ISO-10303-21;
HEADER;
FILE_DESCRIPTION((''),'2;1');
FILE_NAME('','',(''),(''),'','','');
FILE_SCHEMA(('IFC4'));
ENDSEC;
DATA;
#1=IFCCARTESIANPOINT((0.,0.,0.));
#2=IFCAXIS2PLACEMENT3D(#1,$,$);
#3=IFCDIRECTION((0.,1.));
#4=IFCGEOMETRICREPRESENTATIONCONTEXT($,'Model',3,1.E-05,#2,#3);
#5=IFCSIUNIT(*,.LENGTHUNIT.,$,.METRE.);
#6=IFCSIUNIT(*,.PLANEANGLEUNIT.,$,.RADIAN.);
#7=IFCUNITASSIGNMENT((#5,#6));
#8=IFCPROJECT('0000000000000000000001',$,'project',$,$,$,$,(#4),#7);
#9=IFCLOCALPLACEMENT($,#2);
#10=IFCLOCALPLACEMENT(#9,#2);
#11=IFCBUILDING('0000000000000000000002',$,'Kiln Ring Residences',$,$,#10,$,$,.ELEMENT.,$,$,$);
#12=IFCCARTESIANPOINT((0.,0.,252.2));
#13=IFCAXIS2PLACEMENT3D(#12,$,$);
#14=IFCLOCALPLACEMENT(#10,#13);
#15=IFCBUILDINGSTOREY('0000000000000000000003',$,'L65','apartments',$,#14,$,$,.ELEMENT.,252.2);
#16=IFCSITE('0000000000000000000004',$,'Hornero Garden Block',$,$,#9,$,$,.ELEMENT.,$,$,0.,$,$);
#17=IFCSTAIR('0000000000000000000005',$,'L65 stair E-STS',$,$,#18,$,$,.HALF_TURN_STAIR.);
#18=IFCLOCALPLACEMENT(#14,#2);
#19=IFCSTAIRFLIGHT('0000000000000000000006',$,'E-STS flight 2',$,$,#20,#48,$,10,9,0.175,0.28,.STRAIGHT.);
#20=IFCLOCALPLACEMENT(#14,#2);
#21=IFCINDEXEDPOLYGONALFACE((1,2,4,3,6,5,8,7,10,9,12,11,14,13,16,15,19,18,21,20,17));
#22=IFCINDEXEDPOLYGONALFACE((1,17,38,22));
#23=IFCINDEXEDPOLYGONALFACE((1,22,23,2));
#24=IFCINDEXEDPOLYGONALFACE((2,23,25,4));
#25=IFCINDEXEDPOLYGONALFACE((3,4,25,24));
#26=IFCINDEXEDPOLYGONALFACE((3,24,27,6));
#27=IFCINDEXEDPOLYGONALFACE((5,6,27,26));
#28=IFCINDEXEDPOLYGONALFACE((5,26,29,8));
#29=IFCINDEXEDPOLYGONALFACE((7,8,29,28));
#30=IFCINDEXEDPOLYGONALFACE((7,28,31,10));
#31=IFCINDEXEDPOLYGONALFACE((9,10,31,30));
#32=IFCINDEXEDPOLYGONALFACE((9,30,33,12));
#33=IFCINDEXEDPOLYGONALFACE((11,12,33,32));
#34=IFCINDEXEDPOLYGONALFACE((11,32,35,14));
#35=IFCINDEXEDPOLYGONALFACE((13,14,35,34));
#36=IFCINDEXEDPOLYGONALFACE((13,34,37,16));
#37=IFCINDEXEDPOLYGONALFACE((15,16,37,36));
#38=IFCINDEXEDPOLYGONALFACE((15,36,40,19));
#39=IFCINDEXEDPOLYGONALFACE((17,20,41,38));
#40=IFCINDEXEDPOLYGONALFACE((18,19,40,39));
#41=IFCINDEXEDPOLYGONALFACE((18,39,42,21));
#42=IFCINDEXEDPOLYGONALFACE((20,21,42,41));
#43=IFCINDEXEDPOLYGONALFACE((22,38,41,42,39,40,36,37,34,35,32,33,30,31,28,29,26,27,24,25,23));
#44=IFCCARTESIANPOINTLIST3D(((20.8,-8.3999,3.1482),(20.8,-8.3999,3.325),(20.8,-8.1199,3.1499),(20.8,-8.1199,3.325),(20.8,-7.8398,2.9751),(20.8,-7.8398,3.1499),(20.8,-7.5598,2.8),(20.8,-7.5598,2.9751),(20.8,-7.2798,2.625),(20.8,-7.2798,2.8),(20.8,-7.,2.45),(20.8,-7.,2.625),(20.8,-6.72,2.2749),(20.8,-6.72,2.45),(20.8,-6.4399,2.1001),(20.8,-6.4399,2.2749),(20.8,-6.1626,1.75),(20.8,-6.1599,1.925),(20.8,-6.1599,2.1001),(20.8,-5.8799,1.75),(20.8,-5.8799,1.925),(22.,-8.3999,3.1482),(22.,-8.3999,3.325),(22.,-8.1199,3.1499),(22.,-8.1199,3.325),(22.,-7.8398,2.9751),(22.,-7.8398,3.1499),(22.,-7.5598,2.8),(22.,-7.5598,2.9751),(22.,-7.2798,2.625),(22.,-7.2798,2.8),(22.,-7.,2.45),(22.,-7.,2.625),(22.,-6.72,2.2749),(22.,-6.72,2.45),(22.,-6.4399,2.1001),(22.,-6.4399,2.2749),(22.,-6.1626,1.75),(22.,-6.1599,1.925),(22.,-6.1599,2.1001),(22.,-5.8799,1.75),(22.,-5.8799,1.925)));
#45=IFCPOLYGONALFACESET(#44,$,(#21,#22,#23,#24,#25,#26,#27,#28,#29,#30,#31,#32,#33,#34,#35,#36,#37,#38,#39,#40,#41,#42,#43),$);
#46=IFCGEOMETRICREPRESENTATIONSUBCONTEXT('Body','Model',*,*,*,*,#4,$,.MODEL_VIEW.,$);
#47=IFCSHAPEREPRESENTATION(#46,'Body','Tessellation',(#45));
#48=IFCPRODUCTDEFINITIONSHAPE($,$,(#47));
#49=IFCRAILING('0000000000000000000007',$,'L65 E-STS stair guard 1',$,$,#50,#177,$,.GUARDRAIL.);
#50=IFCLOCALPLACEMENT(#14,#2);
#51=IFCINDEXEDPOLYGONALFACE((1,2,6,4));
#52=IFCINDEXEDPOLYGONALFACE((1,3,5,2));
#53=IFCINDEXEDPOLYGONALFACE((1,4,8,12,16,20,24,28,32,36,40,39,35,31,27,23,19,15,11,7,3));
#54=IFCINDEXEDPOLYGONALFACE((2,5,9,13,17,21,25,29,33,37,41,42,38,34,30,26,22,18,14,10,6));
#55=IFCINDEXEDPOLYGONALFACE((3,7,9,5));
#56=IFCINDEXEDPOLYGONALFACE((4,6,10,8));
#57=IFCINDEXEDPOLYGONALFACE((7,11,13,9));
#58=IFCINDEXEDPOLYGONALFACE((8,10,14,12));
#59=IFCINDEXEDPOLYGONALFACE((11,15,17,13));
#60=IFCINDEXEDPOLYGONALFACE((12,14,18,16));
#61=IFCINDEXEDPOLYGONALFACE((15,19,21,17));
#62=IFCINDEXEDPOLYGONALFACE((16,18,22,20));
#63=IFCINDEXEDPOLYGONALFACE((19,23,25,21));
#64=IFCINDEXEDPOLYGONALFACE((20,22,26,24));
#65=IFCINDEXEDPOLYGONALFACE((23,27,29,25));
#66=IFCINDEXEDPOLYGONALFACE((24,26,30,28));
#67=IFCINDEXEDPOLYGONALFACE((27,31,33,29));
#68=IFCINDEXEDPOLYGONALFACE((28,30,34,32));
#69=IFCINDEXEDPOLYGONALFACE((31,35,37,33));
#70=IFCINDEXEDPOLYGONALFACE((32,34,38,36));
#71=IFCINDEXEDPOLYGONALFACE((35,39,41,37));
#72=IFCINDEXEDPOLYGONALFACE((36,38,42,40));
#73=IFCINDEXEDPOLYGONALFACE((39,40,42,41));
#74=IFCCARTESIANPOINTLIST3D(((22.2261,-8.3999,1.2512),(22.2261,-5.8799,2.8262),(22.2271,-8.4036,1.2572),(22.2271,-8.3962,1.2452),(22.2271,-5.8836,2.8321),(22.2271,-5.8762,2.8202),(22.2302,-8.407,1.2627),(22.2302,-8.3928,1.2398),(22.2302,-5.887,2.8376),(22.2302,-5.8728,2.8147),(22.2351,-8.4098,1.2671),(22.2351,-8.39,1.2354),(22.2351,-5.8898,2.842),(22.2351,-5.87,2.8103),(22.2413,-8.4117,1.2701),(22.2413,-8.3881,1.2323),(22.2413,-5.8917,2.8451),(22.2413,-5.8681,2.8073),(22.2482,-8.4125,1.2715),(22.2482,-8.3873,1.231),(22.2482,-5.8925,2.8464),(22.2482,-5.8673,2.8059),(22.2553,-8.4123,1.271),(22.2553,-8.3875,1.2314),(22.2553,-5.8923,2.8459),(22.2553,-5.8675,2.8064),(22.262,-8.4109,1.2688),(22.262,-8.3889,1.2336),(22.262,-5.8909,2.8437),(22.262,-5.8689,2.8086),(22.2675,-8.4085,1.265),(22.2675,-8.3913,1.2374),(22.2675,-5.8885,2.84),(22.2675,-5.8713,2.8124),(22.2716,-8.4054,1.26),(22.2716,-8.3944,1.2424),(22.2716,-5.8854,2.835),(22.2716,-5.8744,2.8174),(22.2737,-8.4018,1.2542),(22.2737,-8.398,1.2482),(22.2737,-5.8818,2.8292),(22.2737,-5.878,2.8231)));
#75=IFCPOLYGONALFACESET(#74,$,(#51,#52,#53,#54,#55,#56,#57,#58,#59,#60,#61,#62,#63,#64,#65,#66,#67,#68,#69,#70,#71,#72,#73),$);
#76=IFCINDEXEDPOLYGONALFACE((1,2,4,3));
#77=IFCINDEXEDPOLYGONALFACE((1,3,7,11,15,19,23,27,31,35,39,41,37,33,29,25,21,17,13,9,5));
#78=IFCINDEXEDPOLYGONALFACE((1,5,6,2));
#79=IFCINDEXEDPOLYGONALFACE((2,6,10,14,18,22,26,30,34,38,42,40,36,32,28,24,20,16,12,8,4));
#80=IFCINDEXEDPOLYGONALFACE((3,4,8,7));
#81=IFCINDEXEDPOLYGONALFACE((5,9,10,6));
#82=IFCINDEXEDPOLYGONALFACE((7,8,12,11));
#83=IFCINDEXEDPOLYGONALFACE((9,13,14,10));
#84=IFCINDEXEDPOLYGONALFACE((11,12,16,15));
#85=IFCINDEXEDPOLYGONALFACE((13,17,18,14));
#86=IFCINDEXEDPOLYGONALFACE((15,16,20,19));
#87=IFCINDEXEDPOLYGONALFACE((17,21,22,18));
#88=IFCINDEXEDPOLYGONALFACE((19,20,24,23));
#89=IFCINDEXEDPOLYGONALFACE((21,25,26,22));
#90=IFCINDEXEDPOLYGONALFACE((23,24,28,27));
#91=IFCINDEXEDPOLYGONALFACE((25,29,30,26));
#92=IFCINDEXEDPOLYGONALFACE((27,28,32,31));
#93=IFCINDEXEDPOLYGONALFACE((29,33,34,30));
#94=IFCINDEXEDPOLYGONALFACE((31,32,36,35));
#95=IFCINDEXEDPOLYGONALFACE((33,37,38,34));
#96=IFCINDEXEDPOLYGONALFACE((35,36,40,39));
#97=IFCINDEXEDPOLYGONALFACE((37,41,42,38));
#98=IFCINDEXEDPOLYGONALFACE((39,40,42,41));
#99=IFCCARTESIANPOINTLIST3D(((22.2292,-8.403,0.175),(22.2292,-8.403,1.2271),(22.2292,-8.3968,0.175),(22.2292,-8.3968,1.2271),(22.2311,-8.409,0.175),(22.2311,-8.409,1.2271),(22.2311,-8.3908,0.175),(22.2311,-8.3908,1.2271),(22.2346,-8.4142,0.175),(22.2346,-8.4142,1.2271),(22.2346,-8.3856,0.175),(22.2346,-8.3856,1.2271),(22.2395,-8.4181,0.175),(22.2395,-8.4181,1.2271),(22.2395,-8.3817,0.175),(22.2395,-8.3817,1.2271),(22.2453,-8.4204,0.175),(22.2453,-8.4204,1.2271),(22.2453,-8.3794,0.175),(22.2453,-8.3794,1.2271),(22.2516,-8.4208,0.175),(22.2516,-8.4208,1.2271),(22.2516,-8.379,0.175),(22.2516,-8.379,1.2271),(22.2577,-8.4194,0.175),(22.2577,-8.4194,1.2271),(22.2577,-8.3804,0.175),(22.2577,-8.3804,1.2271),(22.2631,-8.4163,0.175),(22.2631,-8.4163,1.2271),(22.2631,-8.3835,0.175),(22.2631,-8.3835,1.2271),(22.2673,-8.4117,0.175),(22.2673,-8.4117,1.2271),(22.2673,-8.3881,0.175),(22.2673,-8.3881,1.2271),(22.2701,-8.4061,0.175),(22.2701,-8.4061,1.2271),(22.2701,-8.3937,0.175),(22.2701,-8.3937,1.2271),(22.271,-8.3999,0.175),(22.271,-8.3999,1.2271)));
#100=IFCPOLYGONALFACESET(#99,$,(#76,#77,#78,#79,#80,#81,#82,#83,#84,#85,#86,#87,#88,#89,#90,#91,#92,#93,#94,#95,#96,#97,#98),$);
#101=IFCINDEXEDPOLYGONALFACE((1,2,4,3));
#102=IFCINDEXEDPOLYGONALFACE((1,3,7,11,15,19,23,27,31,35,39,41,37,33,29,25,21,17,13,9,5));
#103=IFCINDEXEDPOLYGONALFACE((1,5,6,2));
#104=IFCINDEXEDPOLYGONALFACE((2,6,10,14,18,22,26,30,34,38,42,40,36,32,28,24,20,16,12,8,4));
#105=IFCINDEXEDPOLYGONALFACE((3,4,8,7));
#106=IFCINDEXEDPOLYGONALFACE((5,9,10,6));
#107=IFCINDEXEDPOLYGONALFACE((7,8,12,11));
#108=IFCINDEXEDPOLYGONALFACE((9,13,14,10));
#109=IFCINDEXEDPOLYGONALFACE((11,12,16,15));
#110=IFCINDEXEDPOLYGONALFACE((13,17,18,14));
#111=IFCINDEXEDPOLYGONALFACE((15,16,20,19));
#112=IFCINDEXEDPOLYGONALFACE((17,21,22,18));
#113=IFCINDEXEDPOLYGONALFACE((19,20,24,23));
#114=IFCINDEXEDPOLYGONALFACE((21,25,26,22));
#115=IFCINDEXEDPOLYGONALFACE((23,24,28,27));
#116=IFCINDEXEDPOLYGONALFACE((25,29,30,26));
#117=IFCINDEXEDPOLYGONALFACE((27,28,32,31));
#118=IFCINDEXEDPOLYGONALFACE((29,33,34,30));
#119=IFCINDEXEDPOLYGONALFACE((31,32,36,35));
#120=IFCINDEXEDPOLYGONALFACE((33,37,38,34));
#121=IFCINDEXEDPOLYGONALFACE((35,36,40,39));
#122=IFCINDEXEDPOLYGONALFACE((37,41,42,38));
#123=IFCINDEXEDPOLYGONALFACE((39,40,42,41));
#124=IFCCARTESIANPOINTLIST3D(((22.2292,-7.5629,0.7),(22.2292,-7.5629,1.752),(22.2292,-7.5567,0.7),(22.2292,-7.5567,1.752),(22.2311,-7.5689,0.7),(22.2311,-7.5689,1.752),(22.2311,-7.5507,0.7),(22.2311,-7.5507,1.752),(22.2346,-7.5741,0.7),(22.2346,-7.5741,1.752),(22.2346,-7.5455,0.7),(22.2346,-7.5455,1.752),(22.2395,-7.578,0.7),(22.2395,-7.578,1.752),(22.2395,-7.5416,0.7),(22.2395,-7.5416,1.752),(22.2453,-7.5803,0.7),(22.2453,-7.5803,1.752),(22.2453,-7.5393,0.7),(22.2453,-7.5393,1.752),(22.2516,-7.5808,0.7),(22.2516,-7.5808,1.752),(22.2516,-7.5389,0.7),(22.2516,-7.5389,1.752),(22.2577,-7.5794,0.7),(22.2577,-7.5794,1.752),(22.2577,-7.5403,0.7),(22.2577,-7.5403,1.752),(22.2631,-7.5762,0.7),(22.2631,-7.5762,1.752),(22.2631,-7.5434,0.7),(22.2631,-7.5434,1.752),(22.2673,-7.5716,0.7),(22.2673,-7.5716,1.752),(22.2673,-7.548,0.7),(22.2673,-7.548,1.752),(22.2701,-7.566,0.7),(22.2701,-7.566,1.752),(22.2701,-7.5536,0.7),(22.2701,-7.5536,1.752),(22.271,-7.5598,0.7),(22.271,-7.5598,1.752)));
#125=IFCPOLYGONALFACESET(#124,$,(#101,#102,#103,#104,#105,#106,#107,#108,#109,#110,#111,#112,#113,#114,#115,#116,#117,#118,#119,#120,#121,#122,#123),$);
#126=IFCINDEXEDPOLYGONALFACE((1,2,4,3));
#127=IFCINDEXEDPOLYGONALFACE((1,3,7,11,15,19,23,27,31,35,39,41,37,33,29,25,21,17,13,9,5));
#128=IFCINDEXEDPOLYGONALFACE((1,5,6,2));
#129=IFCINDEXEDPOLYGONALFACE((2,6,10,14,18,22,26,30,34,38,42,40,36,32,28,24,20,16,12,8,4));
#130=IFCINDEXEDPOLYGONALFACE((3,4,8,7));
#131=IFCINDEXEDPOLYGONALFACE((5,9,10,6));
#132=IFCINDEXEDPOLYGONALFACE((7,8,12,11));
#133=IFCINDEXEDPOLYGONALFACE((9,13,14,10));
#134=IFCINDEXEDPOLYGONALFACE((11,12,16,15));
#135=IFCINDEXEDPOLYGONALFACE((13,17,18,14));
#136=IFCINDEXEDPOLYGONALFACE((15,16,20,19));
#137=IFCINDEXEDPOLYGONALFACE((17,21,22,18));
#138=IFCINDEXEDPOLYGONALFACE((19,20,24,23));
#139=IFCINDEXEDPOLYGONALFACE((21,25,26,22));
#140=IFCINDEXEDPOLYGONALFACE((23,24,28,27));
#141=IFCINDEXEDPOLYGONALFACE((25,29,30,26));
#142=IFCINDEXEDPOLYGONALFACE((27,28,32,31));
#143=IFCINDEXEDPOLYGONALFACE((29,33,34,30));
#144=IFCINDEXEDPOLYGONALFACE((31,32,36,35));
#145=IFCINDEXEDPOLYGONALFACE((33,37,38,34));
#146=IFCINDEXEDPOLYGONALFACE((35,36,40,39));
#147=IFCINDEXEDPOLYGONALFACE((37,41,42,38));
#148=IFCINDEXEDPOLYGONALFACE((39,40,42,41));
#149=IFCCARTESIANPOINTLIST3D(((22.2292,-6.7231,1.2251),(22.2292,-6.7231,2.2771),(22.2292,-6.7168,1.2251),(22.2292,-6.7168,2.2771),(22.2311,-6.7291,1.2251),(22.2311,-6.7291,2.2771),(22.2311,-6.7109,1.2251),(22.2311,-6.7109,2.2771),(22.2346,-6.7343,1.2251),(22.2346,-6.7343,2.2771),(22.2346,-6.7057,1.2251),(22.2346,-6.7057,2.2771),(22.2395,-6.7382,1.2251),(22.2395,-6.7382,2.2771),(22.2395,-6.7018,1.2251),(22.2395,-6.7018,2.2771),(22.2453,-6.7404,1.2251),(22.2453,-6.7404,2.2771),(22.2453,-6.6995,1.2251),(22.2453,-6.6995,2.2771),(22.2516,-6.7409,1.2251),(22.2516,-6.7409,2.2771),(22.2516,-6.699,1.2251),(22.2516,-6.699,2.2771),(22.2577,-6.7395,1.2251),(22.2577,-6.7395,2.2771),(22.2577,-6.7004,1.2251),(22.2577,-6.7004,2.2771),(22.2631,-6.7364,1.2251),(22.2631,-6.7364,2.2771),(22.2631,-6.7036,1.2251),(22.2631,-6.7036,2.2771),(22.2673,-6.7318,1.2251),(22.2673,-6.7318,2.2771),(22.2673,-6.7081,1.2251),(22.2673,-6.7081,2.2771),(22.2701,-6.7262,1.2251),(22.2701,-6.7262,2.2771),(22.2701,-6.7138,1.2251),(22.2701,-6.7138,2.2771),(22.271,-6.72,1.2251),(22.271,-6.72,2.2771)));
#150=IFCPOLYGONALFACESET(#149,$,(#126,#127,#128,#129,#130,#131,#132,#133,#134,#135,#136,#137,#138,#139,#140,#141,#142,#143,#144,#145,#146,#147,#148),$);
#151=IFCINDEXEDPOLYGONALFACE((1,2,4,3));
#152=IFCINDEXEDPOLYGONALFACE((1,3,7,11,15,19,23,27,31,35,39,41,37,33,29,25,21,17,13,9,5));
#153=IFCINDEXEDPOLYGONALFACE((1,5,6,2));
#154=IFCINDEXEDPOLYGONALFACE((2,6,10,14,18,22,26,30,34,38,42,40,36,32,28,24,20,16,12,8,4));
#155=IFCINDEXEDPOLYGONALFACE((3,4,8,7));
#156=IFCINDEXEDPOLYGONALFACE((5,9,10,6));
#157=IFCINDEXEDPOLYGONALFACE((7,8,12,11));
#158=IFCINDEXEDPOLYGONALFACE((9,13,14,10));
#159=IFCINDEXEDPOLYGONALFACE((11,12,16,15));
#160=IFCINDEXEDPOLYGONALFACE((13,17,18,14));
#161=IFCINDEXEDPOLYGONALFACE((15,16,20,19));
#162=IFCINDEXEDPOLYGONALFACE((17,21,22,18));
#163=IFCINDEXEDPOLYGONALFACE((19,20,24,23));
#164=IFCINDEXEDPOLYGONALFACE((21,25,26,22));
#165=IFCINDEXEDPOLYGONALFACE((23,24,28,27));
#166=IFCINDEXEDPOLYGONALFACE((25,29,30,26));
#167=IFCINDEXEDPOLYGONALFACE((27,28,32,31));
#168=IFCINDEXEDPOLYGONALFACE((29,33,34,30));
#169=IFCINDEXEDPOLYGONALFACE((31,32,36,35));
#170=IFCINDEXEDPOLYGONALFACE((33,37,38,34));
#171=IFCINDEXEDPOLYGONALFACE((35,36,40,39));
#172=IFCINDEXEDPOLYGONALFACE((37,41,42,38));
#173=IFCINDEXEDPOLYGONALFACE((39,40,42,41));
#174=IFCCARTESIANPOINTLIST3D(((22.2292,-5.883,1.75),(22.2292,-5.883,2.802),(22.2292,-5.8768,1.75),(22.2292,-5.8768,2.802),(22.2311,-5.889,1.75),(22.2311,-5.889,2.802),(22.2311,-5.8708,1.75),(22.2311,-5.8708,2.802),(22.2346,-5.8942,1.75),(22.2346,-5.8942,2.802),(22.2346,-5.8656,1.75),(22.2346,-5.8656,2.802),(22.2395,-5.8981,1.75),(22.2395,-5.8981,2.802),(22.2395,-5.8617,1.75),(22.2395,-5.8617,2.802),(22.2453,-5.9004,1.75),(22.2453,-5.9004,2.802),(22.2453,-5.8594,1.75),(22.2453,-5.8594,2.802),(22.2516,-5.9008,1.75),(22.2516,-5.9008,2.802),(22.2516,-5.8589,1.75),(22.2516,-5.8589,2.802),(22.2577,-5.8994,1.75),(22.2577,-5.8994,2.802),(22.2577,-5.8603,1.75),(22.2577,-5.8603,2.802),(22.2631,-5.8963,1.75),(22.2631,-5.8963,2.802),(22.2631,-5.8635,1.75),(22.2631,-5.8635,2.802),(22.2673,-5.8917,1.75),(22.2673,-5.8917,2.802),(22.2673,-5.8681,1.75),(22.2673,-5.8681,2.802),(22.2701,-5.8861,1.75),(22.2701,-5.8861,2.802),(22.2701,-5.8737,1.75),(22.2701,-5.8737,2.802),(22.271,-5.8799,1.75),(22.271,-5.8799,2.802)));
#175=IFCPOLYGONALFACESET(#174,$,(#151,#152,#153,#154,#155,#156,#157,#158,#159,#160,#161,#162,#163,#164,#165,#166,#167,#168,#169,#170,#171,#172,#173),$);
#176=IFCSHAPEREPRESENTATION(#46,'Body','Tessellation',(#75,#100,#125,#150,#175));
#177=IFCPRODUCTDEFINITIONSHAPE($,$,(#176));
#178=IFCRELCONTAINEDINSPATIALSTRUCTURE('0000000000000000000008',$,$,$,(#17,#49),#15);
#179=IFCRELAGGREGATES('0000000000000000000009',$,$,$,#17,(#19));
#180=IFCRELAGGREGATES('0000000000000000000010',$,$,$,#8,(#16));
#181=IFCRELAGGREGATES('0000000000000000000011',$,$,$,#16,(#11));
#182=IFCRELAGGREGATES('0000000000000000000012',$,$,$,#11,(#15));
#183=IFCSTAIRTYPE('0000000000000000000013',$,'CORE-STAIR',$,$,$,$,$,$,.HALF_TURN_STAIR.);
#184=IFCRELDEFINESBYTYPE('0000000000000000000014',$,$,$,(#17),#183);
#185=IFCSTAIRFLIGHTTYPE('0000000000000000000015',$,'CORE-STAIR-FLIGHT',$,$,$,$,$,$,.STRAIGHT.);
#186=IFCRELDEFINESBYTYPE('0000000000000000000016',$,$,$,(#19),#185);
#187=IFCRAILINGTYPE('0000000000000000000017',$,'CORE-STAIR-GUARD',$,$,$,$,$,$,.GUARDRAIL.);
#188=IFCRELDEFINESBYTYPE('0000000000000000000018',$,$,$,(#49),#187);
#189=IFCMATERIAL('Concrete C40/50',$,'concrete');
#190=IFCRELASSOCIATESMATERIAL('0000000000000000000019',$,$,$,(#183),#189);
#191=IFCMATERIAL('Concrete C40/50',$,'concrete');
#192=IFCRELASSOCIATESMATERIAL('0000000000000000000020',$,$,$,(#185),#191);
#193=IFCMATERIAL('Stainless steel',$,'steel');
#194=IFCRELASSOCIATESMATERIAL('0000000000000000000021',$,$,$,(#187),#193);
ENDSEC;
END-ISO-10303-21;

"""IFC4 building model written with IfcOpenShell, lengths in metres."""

from ifc_helpers import new_model, si_unit, direction, frame, origin, origin_2d, place, context, subcontext, project, spatial, polyline, circle, outline, extrude, material, type_object, element, aggregate, save


model = new_model("IFC4")

# Units and contexts
model_context = context("Model", 3, precision=1e-05, world=origin(), true_north=direction((0.0, 1.0)))
body_context = subcontext(model_context, "Body", "Model", "MODEL_VIEW")
ifc_project = project(units=[si_unit("LENGTHUNIT", "METRE"), si_unit("PLANEANGLEUNIT", "RADIAN")], contexts=[model_context])

# Site, building, storey
site_placement = place(None, origin())
site = spatial("IfcSite", under=ifc_project, at=site_placement, Name="Hornero Garden Block", CompositionType="ELEMENT", RefElevation=0.0)
building_placement = place(site_placement, origin())
building = spatial("IfcBuilding", under=site, at=building_placement, Name="Kiln Ring Residences", CompositionType="ELEMENT")
storey_placement = place(building_placement, frame((0.0, 0.0, 252.2)))
storey = spatial("IfcBuildingStorey", under=building, at=storey_placement, Name="L65", Description="apartments", CompositionType="ELEMENT", Elevation=252.2)

# Stair, stair flight
ifc_material_1 = material(Name="Concrete C40/50", Category="concrete")
stair_type = type_object("IfcStairType", Name="CORE-STAIR", PredefinedType="HALF_TURN_STAIR", material=ifc_material_1)
stair_placement = place(storey_placement, origin())
stair = element("IfcStair", 1, at=stair_placement, inside=storey, type_object=stair_type, Name="L65 stair E-STS", PredefinedType="HALF_TURN_STAIR")
ifc_material_2 = material(Name="Concrete C40/50", Category="concrete")
stair_flight_type = type_object("IfcStairFlightType", Name="CORE-STAIR-FLIGHT", PredefinedType="STRAIGHT", material=ifc_material_2)
stair_flight_1_placement = place(storey_placement, frame((21.3999, -5.8799, 1.75), z_axis=(0.0, 0.0, 1.0), x_axis=(0.0, -1.0, 0.0)))
stair_flight_1 = element("IfcStairFlight", 2, at=stair_flight_1_placement, type_object=stair_flight_type, Name="E-STS flight 2", NumberOfRisers=10, NumberOfTreads=9, PredefinedType="STRAIGHT", RiserHeight=0.175, TreadLength=0.28, context=body_context, shape_type="SweptSolid", body=[
    extrude(outline(polyline([(0.0, 0.0), (0.0, 0.175), (0.28, 0.175), (0.28, 0.3501), (0.5601, 0.3501), (0.5601, 0.5249), (0.8401, 0.5249), (0.8401, 0.7), (1.1201, 0.7), (1.1201, 0.875), (1.3999, 0.875), (1.3999, 1.05), (1.6799, 1.05), (1.6799, 1.2251), (1.96, 1.2251), (1.96, 1.3999), (2.24, 1.3999), (2.24, 1.575), (2.52, 1.575), (2.52, 1.75), (2.52, 1.3982), (0.2827, 0.0), (0.0, 0.0)])), frame((0.0, 0.6001, 0.0), z_axis=(0.0, -1.0, 0.0), x_axis=(1.0, 0.0, 0.0)), (0.0, 0.0, 1.0), 1.2),
])
aggregate(stair, [stair_flight_1])

# Railing
ifc_material_3 = material(Name="Stainless steel", Category="steel")
railing_type_1 = type_object("IfcRailingType", Name="CORE-STAIR-GUARD", PredefinedType="GUARDRAIL", material=ifc_material_3)
railing_1_placement = place(storey_placement, frame((22.25, -8.3999, 0.175)))
element("IfcRailing", 3, at=railing_1_placement, inside=storey, type_object=railing_type_1, Name="L65 E-STS stair guard 1", PredefinedType="GUARDRAIL", context=body_context, shape_type="SweptSolid", body=[
    extrude(circle(Radius=0.0239, at=origin_2d()), frame((0.0, 0.0, 1.0762), z_axis=(0.0, 0.848008, 0.529984), x_axis=(-1.0, 0.0, 0.0)), (0.0, 0.0, 1.0), 2.9717),
    extrude(circle(Radius=0.021, at=origin_2d()), origin(), (0.0, 0.0, 1.0), 1.052),
    extrude(circle(Radius=0.021, at=origin_2d()), frame((0.0, 0.8401, 0.5249)), (0.0, 0.0, 1.0), 1.052),
    extrude(circle(Radius=0.021, at=origin_2d()), frame((0.0, 1.6799, 1.05)), (0.0, 0.0, 1.0), 1.052),
    extrude(circle(Radius=0.021, at=origin_2d()), frame((0.0, 2.52, 1.575)), (0.0, 0.0, 1.0), 1.052),
])

save(model, "model.ifc")
